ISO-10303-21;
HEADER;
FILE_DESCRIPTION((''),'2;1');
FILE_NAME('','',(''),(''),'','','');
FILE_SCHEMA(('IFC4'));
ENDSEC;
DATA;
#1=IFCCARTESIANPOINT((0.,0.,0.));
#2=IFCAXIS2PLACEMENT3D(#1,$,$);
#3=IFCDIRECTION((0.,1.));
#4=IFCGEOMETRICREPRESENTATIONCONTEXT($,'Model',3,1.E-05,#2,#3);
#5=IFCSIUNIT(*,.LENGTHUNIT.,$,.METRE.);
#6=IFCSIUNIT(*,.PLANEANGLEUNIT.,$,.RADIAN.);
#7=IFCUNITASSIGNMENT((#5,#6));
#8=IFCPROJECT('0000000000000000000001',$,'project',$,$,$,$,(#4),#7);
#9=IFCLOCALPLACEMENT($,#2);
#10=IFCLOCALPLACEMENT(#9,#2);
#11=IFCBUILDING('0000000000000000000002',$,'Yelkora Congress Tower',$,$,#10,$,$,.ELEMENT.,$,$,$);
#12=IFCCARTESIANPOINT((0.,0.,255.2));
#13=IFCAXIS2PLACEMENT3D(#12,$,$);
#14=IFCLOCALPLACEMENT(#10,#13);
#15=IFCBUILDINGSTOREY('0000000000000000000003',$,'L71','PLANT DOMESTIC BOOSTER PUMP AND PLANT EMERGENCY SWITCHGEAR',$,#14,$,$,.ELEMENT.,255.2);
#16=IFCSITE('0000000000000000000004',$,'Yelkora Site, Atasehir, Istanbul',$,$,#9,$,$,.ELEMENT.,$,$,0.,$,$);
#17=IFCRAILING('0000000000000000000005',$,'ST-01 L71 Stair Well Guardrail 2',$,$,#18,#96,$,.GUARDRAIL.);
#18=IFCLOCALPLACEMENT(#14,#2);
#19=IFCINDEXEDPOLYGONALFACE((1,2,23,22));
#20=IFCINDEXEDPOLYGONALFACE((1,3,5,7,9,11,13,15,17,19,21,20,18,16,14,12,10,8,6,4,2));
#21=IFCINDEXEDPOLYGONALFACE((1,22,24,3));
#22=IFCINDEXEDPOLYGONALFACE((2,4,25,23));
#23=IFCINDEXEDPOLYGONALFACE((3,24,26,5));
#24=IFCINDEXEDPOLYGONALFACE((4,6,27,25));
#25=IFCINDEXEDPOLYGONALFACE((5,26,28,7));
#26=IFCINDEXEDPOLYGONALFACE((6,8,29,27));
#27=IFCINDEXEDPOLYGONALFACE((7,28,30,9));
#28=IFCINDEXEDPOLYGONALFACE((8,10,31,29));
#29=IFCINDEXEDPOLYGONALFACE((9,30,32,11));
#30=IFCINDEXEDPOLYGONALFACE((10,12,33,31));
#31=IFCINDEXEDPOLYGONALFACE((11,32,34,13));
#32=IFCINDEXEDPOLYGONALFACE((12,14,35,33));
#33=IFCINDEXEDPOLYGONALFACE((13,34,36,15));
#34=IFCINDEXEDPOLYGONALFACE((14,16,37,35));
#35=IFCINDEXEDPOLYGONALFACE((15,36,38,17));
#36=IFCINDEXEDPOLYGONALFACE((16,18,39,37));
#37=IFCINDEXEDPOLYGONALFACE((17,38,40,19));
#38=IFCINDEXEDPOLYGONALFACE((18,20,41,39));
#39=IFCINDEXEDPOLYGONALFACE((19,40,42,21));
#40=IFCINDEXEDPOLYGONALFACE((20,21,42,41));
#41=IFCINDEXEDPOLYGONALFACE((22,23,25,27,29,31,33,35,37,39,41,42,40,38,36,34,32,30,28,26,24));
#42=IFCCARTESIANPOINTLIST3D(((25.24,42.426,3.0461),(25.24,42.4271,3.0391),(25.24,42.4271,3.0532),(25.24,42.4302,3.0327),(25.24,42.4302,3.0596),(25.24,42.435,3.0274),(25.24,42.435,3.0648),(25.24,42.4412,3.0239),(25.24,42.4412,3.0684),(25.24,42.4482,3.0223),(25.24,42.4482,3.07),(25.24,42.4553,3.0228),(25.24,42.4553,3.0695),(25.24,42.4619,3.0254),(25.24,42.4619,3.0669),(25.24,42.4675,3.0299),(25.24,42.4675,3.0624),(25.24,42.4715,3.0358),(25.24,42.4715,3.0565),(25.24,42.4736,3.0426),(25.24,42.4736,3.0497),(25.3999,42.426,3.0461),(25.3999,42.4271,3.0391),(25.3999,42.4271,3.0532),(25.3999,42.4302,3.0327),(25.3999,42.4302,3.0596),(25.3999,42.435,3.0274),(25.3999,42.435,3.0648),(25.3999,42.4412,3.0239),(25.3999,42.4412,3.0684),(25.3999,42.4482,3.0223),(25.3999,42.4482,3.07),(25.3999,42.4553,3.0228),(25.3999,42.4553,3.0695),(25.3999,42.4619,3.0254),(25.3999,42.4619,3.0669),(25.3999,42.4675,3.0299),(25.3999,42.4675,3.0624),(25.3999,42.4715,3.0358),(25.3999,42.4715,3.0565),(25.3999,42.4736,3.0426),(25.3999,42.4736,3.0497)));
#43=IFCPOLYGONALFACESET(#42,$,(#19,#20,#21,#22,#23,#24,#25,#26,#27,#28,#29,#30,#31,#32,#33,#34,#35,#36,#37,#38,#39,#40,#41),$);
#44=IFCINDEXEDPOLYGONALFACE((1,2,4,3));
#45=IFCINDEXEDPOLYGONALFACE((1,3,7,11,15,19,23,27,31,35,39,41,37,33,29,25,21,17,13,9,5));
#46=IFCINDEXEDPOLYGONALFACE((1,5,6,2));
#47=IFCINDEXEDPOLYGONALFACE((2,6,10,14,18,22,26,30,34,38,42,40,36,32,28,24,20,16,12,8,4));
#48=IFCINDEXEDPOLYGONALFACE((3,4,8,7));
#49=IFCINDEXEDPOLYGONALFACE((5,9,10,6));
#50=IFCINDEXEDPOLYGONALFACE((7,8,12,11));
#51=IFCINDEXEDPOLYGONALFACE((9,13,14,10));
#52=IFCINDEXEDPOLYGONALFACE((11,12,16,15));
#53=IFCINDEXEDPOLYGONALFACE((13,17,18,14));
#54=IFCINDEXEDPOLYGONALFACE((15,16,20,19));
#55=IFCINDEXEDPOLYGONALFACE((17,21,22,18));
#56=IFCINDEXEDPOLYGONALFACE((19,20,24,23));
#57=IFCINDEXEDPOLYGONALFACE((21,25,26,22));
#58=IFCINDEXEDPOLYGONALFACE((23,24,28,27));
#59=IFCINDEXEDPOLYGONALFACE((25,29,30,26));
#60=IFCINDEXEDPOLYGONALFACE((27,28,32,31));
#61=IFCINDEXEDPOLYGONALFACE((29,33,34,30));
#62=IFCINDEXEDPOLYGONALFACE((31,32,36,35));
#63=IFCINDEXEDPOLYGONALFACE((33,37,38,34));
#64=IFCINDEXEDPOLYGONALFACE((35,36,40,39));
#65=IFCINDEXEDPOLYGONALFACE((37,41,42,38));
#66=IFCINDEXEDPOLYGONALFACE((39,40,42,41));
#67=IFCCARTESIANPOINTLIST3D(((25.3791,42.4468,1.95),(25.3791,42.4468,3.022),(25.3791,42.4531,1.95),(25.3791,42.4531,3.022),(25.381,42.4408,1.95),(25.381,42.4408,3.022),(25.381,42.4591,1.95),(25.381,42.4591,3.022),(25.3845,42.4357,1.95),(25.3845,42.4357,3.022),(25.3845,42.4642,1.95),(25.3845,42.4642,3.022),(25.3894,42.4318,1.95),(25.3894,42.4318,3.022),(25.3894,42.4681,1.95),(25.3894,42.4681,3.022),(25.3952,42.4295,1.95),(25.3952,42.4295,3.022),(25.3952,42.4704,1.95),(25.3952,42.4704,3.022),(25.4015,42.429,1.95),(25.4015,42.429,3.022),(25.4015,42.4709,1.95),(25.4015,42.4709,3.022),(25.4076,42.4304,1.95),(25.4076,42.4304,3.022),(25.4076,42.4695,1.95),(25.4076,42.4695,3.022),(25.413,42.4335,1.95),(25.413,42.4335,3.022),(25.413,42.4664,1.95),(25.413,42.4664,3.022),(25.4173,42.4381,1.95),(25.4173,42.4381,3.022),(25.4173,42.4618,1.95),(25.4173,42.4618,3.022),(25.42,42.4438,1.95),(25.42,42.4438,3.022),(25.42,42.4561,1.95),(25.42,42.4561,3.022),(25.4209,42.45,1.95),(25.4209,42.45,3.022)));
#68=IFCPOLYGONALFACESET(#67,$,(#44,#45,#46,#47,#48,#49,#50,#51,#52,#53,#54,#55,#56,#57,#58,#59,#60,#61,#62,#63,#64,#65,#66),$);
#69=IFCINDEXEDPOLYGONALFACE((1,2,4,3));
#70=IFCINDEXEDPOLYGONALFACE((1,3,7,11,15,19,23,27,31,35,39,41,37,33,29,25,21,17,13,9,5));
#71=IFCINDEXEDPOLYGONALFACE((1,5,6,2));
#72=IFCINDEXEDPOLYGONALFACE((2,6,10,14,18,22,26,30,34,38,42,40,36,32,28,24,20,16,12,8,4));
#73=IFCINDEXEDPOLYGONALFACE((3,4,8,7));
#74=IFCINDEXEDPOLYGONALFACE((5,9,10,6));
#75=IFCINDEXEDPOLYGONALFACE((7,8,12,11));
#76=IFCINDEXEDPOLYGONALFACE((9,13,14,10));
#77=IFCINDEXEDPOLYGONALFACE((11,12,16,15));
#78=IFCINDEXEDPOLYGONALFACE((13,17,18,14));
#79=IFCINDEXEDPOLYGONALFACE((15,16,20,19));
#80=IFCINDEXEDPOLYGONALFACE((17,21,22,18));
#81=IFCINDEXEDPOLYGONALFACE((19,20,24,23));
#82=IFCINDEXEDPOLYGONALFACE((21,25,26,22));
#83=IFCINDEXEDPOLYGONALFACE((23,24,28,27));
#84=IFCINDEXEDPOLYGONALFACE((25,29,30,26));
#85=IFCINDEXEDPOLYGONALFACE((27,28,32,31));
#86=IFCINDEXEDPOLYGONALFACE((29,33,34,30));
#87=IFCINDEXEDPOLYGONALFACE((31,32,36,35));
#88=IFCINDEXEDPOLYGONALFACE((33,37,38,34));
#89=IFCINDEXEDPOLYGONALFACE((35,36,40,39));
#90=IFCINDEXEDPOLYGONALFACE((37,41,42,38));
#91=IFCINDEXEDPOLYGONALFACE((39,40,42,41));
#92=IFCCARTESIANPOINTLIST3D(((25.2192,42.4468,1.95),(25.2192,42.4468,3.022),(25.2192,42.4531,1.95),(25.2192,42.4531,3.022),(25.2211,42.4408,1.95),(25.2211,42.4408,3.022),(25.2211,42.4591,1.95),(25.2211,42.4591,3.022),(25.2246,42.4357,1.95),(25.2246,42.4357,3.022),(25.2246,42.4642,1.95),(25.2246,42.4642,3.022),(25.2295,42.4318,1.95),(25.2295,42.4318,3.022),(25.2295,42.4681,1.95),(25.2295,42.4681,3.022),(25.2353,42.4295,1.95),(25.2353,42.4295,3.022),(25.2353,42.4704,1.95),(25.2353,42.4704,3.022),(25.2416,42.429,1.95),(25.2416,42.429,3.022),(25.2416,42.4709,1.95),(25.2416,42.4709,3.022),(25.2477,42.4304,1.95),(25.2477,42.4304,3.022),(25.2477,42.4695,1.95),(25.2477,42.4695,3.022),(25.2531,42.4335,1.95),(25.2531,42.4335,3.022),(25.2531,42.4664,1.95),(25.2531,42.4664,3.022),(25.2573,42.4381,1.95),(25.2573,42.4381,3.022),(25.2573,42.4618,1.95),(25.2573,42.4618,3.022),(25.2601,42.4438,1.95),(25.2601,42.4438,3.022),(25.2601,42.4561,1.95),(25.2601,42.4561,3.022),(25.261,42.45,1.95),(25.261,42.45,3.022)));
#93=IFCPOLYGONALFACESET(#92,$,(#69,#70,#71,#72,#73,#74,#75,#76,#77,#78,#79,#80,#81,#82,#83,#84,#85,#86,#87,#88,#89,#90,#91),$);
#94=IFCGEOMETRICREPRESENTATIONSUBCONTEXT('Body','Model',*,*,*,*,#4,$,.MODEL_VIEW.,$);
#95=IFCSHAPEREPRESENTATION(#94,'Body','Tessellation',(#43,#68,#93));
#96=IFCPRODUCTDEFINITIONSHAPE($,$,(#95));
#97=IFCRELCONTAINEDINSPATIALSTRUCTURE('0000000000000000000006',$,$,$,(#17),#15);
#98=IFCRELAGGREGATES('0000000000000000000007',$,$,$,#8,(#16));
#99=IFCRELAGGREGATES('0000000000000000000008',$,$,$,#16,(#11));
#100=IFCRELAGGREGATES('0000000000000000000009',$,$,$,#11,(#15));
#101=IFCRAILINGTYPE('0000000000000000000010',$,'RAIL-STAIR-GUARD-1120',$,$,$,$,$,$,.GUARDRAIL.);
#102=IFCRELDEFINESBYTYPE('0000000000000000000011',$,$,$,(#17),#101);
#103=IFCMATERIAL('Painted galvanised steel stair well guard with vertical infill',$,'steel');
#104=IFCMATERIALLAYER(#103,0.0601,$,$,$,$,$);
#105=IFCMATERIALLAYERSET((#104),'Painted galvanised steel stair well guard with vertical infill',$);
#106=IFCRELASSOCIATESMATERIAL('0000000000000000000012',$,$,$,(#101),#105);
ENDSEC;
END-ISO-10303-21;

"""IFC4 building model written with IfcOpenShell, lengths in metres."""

from ifc_helpers import new_model, si_unit, direction, frame, origin, origin_2d, place, context, subcontext, project, spatial, circle, extrude, material, layer, layer_set, type_object, element, save


model = new_model("IFC4")

# Units and contexts
model_context = context("Model", 3, precision=1e-05, world=origin(), true_north=direction((0.0, 1.0)))
body_context = subcontext(model_context, "Body", "Model", "MODEL_VIEW")
ifc_project = project(units=[si_unit("LENGTHUNIT", "METRE"), si_unit("PLANEANGLEUNIT", "RADIAN")], contexts=[model_context])

# Site, building, storey
site_placement = place(None, origin())
site = spatial("IfcSite", under=ifc_project, at=site_placement, Name="Yelkora Site, Atasehir, Istanbul", CompositionType="ELEMENT", RefElevation=0.0)
building_placement = place(site_placement, origin())
building = spatial("IfcBuilding", under=site, at=building_placement, Name="Yelkora Congress Tower", CompositionType="ELEMENT")
storey_placement = place(building_placement, frame((0.0, 0.0, 255.2)))
storey = spatial("IfcBuildingStorey", under=building, at=storey_placement, Name="L71", Description="PLANT DOMESTIC BOOSTER PUMP AND PLANT EMERGENCY SWITCHGEAR", CompositionType="ELEMENT", Elevation=255.2)

# Railing
ifc_material_1 = material(Name="Painted galvanised steel stair well guard with vertical infill", Category="steel")
ifc_layer_1 = layer(ifc_material_1, 0.0601)
ifc_layer_set_1 = layer_set([ifc_layer_1], Name="Painted galvanised steel stair well guard with vertical infill")
railing_type_1 = type_object("IfcRailingType", Name="RAIL-STAIR-GUARD-1120", PredefinedType="GUARDRAIL", material=ifc_layer_set_1)
railing_1_placement = place(storey_placement, frame((25.3999, 42.45, 1.95)))
element("IfcRailing", 1, at=railing_1_placement, inside=storey, type_object=railing_type_1, Name="ST-01 L71 Stair Well Guardrail 2", PredefinedType="GUARDRAIL", context=body_context, shape_type="SweptSolid", body=[
    extrude(circle(Radius=0.0239, at=origin_2d()), frame((0.0, 0.0, 1.0962), z_axis=(-1.0, 0.0, 0.0), x_axis=(0.0, -1.0, 0.0)), (0.0, 0.0, 1.0), 0.1599),
    extrude(circle(Radius=0.021, at=origin_2d()), origin(), (0.0, 0.0, 1.0), 1.072),
    extrude(circle(Radius=0.021, at=origin_2d()), frame((-0.1599, 0.0, 0.0)), (0.0, 0.0, 1.0), 1.072),
])

save(model, "model.ifc")
